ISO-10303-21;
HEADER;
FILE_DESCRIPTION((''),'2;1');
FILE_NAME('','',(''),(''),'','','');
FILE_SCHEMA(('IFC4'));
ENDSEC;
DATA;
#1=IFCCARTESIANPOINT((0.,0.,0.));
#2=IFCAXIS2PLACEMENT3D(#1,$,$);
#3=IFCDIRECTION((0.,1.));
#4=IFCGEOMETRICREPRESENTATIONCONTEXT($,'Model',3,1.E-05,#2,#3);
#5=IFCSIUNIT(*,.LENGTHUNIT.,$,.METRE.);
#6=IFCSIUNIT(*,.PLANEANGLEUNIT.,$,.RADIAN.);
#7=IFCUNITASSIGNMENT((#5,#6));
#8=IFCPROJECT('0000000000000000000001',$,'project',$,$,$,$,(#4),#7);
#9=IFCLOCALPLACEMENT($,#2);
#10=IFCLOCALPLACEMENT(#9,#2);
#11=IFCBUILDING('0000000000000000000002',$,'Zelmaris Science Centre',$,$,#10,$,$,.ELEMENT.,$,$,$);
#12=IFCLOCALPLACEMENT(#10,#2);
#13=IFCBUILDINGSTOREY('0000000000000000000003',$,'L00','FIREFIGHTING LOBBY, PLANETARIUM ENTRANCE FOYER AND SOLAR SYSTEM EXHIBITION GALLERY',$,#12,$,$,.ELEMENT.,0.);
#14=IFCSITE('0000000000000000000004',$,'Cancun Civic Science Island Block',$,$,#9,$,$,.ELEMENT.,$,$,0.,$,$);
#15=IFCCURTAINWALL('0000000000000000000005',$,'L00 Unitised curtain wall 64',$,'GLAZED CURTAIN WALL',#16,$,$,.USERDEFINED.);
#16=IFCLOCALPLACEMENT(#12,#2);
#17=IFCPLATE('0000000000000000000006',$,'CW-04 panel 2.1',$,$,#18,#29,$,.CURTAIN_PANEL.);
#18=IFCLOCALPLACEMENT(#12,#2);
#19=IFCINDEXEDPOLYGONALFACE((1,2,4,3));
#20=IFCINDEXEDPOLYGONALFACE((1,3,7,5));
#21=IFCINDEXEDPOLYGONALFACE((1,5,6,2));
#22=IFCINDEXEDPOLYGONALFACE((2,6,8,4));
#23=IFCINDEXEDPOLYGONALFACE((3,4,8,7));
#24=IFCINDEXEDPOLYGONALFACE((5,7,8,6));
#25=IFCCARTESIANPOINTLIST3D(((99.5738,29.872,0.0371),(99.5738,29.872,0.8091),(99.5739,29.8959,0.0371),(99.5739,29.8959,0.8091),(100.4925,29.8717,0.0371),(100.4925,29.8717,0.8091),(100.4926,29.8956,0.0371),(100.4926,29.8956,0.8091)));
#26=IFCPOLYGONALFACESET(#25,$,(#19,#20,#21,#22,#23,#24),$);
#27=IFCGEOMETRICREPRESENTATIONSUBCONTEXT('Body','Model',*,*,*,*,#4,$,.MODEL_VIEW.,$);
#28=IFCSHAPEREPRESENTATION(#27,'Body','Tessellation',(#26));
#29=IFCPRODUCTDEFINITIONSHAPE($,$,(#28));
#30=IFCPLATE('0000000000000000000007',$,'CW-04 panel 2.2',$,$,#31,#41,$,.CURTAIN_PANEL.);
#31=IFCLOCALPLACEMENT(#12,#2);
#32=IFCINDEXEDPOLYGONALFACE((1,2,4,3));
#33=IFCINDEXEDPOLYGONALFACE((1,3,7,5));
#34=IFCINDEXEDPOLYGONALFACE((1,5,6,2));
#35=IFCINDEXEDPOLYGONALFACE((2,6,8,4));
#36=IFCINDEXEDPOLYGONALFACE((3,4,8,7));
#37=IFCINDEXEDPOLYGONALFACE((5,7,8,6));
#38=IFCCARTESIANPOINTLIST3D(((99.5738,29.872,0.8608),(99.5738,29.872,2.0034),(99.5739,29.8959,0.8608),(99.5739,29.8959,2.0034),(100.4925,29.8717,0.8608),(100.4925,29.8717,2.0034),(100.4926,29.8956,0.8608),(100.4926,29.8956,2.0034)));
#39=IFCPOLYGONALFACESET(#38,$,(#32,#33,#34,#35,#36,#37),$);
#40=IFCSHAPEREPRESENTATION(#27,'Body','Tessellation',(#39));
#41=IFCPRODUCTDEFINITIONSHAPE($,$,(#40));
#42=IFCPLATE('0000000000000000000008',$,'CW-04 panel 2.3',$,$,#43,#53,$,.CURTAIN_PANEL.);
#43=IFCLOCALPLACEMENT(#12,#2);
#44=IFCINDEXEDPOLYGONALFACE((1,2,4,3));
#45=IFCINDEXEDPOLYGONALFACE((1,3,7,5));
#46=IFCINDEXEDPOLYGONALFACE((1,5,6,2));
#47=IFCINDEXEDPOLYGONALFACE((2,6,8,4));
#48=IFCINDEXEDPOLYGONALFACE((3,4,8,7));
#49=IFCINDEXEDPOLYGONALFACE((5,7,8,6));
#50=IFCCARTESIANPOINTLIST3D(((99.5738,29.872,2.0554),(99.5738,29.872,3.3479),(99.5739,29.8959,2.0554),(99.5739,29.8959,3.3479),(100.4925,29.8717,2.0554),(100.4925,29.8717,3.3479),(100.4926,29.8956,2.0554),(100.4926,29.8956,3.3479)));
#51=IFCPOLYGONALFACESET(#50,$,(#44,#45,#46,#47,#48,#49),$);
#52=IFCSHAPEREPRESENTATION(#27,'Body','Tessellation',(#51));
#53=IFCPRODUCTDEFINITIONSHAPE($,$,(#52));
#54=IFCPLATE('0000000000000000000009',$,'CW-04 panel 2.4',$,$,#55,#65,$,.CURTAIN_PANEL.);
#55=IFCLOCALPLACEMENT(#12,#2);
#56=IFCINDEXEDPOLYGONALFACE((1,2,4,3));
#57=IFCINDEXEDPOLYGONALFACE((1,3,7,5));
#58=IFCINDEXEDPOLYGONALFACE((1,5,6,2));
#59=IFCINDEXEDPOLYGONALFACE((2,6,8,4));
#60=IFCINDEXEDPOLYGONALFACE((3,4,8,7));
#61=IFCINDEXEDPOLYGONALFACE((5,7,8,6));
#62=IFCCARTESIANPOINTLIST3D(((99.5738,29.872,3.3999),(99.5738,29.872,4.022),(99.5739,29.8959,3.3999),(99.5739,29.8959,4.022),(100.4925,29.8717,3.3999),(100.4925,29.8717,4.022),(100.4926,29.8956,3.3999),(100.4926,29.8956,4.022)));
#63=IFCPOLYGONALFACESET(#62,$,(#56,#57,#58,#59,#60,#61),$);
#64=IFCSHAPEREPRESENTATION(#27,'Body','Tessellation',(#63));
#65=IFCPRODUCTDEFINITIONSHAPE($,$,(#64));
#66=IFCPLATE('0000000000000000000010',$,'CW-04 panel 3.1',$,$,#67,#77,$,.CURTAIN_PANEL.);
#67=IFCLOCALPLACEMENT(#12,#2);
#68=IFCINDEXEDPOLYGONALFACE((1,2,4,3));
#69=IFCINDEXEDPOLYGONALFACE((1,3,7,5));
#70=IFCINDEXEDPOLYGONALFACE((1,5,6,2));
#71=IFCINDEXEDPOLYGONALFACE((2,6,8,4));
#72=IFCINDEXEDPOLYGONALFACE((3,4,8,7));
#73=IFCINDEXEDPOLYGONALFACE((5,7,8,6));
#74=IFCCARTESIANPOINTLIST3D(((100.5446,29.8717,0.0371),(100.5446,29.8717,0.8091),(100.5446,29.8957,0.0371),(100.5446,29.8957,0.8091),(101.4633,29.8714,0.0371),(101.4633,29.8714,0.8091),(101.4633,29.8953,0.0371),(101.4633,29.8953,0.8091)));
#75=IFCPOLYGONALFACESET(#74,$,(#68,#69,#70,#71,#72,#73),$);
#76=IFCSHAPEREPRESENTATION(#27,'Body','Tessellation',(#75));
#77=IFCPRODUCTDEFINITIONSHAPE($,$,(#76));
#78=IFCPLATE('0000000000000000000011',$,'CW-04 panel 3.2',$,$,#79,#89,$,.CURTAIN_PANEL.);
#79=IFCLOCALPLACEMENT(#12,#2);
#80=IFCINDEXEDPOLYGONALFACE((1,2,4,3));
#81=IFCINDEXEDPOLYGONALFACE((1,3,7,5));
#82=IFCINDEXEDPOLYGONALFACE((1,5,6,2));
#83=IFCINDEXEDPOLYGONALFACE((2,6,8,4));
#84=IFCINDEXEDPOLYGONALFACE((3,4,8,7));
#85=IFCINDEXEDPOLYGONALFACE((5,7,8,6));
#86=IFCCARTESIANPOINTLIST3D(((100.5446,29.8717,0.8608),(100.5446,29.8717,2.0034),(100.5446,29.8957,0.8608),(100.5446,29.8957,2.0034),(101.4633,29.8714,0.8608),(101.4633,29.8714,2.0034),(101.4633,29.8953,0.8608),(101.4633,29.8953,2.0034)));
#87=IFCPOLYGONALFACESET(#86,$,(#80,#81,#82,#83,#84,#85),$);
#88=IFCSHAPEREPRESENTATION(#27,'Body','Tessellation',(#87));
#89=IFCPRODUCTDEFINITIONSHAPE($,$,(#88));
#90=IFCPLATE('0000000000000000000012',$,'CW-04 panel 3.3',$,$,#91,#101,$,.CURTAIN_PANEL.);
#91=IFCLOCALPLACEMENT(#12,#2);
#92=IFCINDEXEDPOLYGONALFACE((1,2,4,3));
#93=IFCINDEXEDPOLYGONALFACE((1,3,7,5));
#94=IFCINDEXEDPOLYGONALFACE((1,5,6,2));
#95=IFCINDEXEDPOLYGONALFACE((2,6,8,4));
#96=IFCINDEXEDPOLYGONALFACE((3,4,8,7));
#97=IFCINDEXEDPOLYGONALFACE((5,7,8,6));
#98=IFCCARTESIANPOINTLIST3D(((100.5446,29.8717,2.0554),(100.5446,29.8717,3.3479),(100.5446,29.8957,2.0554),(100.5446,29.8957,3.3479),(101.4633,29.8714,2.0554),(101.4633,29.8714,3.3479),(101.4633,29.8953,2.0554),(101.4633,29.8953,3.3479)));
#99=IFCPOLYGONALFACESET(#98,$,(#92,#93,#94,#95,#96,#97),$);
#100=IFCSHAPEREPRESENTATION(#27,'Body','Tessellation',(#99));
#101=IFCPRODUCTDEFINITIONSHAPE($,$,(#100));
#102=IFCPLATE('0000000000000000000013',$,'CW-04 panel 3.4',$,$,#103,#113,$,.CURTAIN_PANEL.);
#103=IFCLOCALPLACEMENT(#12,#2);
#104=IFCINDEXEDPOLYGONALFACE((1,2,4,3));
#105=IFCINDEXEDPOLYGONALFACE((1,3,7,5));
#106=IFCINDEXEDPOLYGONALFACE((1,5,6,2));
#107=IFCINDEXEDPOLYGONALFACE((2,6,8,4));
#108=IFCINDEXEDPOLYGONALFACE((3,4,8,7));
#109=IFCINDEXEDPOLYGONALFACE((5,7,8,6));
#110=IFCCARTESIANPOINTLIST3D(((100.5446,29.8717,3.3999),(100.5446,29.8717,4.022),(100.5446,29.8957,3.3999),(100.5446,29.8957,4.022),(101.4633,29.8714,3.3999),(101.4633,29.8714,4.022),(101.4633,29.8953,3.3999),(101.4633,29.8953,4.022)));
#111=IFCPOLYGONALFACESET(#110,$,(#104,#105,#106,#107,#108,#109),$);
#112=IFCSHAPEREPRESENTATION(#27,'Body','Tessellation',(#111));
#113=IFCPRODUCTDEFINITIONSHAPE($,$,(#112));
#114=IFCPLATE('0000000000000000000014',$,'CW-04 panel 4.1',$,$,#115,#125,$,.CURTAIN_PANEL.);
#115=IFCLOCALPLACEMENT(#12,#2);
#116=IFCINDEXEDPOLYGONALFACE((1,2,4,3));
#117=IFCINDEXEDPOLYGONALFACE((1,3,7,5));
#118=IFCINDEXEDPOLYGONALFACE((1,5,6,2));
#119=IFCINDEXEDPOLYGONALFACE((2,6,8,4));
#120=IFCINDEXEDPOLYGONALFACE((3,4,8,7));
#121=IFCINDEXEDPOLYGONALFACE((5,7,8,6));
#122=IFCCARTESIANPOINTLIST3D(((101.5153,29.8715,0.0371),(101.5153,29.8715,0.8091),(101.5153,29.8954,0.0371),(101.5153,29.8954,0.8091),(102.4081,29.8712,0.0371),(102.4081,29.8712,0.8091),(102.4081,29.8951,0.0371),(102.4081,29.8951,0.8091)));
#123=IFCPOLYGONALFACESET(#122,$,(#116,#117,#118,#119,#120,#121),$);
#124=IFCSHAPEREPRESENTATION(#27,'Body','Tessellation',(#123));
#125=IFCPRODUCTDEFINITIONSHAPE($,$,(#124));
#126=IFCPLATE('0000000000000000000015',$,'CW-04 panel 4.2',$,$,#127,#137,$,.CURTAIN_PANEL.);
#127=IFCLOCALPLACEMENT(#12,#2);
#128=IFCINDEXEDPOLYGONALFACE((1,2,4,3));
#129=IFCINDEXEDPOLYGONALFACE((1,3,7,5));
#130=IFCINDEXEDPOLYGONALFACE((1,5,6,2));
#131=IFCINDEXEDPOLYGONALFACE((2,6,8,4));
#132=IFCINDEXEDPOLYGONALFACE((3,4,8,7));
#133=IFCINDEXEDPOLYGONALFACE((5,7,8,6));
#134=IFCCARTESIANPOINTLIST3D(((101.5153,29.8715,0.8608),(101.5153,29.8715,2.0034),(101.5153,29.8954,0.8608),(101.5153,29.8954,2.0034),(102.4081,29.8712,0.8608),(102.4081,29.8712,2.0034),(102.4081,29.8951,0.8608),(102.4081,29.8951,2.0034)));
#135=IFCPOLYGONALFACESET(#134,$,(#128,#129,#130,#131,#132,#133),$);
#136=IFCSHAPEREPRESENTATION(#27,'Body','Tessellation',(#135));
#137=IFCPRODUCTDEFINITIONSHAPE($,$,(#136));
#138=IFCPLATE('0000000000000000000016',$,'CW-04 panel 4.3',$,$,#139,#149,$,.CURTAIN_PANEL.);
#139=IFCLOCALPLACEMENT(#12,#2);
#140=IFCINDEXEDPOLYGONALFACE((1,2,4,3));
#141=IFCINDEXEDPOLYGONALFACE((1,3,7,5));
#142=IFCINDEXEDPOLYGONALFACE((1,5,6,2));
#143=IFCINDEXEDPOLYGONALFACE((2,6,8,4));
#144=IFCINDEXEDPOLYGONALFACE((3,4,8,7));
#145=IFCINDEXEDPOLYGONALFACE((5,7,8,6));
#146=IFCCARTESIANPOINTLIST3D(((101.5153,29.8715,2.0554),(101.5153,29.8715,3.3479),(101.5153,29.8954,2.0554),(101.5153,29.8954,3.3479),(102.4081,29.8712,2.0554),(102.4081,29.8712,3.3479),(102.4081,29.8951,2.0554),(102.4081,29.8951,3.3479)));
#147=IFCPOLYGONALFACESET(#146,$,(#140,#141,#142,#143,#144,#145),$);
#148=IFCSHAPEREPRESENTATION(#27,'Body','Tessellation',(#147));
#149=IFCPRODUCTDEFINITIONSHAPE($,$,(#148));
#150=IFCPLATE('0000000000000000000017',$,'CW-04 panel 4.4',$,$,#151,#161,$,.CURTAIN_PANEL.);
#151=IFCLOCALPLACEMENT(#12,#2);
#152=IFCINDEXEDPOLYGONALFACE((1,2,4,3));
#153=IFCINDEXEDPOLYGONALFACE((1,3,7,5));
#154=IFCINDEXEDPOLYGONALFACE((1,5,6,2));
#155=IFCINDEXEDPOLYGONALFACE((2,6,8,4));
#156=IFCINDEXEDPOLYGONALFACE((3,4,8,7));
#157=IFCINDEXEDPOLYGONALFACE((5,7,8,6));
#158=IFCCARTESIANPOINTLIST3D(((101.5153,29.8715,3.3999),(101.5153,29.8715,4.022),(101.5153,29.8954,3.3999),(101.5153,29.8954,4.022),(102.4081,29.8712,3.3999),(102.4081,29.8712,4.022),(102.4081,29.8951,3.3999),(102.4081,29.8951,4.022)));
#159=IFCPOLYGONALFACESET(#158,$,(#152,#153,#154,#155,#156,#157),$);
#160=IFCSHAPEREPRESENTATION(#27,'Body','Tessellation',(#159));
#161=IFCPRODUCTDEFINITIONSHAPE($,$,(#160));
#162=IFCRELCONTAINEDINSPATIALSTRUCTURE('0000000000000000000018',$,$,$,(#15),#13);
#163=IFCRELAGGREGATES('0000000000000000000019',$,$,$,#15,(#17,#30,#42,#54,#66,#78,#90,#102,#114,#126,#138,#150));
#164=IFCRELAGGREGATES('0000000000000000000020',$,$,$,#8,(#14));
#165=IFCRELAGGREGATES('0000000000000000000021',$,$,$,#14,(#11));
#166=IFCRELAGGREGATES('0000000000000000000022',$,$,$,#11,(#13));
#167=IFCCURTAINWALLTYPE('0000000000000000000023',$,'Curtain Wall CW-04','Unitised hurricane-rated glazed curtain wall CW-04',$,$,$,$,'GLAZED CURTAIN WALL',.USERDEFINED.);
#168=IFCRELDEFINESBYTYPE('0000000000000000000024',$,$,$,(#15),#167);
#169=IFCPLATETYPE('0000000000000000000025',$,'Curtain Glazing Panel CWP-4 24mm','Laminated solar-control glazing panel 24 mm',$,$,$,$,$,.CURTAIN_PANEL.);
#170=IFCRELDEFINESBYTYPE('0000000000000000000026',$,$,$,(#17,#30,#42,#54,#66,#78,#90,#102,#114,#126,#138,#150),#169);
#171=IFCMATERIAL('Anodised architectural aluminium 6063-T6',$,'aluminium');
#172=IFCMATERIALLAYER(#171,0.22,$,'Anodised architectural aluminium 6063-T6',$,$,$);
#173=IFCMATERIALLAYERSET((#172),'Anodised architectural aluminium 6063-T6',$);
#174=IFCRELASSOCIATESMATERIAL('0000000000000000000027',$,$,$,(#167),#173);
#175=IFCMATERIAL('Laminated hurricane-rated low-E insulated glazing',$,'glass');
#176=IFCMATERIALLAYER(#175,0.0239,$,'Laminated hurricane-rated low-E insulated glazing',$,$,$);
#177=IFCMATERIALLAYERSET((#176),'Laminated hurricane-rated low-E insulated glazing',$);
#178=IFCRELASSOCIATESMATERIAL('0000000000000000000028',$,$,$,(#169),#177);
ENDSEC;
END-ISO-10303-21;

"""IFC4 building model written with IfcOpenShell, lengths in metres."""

from ifc_helpers import new_model, si_unit, direction, frame, origin, origin_2d, place, context, subcontext, project, spatial, rectangle, extrude, material, layer, layer_set, type_object, element, aggregate, save


model = new_model("IFC4")

# Units and contexts
model_context = context("Model", 3, precision=1e-05, world=origin(), true_north=direction((0.0, 1.0)))
body_context = subcontext(model_context, "Body", "Model", "MODEL_VIEW")
ifc_project = project(units=[si_unit("LENGTHUNIT", "METRE"), si_unit("PLANEANGLEUNIT", "RADIAN")], contexts=[model_context])

# Site, building, storey
site_placement = place(None, origin())
site = spatial("IfcSite", under=ifc_project, at=site_placement, Name="Cancun Civic Science Island Block", CompositionType="ELEMENT", RefElevation=0.0)
building_placement = place(site_placement, origin())
building = spatial("IfcBuilding", under=site, at=building_placement, Name="Zelmaris Science Centre", CompositionType="ELEMENT")
storey_placement = place(building_placement, origin())
storey = spatial("IfcBuildingStorey", under=building, at=storey_placement, Name="L00", Description="FIREFIGHTING LOBBY, PLANETARIUM ENTRANCE FOYER AND SOLAR SYSTEM EXHIBITION GALLERY", CompositionType="ELEMENT", Elevation=0.0)

# Curtain wall
ifc_material_1 = material(Name="Anodised architectural aluminium 6063-T6", Category="aluminium")
ifc_layer_1 = layer(ifc_material_1, 0.22, Name="Anodised architectural aluminium 6063-T6")
ifc_layer_set_1 = layer_set([ifc_layer_1], Name="Anodised architectural aluminium 6063-T6")
curtain_wall_type_1 = type_object("IfcCurtainWallType", Name="Curtain Wall CW-04", Description="Unitised hurricane-rated glazed curtain wall CW-04", ElementType="GLAZED CURTAIN WALL", PredefinedType="USERDEFINED", material=ifc_layer_set_1)
curtain_wall_1_placement = place(storey_placement, origin())
curtain_wall_1 = element("IfcCurtainWall", 1, at=curtain_wall_1_placement, inside=storey, type_object=curtain_wall_type_1, Name="L00 Unitised curtain wall 64", ObjectType="GLAZED CURTAIN WALL", PredefinedType="USERDEFINED")

# Plates
ifc_material_2 = material(Name="Laminated hurricane-rated low-E insulated glazing", Category="glass")
ifc_layer_2 = layer(ifc_material_2, 0.0239, Name="Laminated hurricane-rated low-E insulated glazing")
ifc_layer_set_2 = layer_set([ifc_layer_2], Name="Laminated hurricane-rated low-E insulated glazing")
plate_type_1 = type_object("IfcPlateType", Name="Curtain Glazing Panel CWP-4 24mm", Description="Laminated solar-control glazing panel 24 mm", PredefinedType="CURTAIN_PANEL", material=ifc_layer_set_2)
plate_1_placement = place(storey_placement, frame((100.0332, 29.8838, 0.0371), z_axis=(0.0, 0.0, 1.0), x_axis=(1.0, -0.000361, 0.0)))
plate_1 = element("IfcPlate", 2, at=plate_1_placement, type_object=plate_type_1, Name="CW-04 panel 2.1", PredefinedType="CURTAIN_PANEL", context=body_context, shape_type="SweptSolid", body=[
    extrude(rectangle(XDim=0.9187, YDim=0.0239, at=origin_2d()), origin(), (0.0, 0.0, 1.0), 0.772),
])
plate_2_placement = place(storey_placement, frame((100.0332, 29.8838, 0.8608), z_axis=(0.0, 0.0, 1.0), x_axis=(1.0, -0.000361, 0.0)))
plate_2 = element("IfcPlate", 3, at=plate_2_placement, type_object=plate_type_1, Name="CW-04 panel 2.2", PredefinedType="CURTAIN_PANEL", context=body_context, shape_type="SweptSolid", body=[
    extrude(rectangle(XDim=0.9187, YDim=0.0239, at=origin_2d()), origin(), (0.0, 0.0, 1.0), 1.1426),
])
plate_3_placement = place(storey_placement, frame((100.0332, 29.8838, 2.0554), z_axis=(0.0, 0.0, 1.0), x_axis=(1.0, -0.000361, 0.0)))
plate_3 = element("IfcPlate", 4, at=plate_3_placement, type_object=plate_type_1, Name="CW-04 panel 2.3", PredefinedType="CURTAIN_PANEL", context=body_context, shape_type="SweptSolid", body=[
    extrude(rectangle(XDim=0.9187, YDim=0.0239, at=origin_2d()), origin(), (0.0, 0.0, 1.0), 1.2925),
])
plate_4_placement = place(storey_placement, frame((100.0332, 29.8838, 3.3999), z_axis=(0.0, 0.0, 1.0), x_axis=(1.0, -0.000361, 0.0)))
plate_4 = element("IfcPlate", 5, at=plate_4_placement, type_object=plate_type_1, Name="CW-04 panel 2.4", PredefinedType="CURTAIN_PANEL", context=body_context, shape_type="SweptSolid", body=[
    extrude(rectangle(XDim=0.9187, YDim=0.0239, at=origin_2d()), origin(), (0.0, 0.0, 1.0), 0.6221),
])
plate_5_placement = place(storey_placement, frame((101.0039, 29.8835, 0.0371), z_axis=(0.0, 0.0, 1.0), x_axis=(1.0, -0.000361, 0.0)))
plate_5 = element("IfcPlate", 6, at=plate_5_placement, type_object=plate_type_1, Name="CW-04 panel 3.1", PredefinedType="CURTAIN_PANEL", context=body_context, shape_type="SweptSolid", body=[
    extrude(rectangle(XDim=0.9187, YDim=0.0239, at=origin_2d()), origin(), (0.0, 0.0, 1.0), 0.772),
])
plate_6_placement = place(storey_placement, frame((101.0039, 29.8835, 0.8608), z_axis=(0.0, 0.0, 1.0), x_axis=(1.0, -0.000361, 0.0)))
plate_6 = element("IfcPlate", 7, at=plate_6_placement, type_object=plate_type_1, Name="CW-04 panel 3.2", PredefinedType="CURTAIN_PANEL", context=body_context, shape_type="SweptSolid", body=[
    extrude(rectangle(XDim=0.9187, YDim=0.0239, at=origin_2d()), origin(), (0.0, 0.0, 1.0), 1.1426),
])
plate_7_placement = place(storey_placement, frame((101.0039, 29.8835, 2.0554), z_axis=(0.0, 0.0, 1.0), x_axis=(1.0, -0.000361, 0.0)))
plate_7 = element("IfcPlate", 8, at=plate_7_placement, type_object=plate_type_1, Name="CW-04 panel 3.3", PredefinedType="CURTAIN_PANEL", context=body_context, shape_type="SweptSolid", body=[
    extrude(rectangle(XDim=0.9187, YDim=0.0239, at=origin_2d()), origin(), (0.0, 0.0, 1.0), 1.2925),
])
plate_8_placement = place(storey_placement, frame((101.0039, 29.8835, 3.3999), z_axis=(0.0, 0.0, 1.0), x_axis=(1.0, -0.000361, 0.0)))
plate_8 = element("IfcPlate", 9, at=plate_8_placement, type_object=plate_type_1, Name="CW-04 panel 3.4", PredefinedType="CURTAIN_PANEL", context=body_context, shape_type="SweptSolid", body=[
    extrude(rectangle(XDim=0.9187, YDim=0.0239, at=origin_2d()), origin(), (0.0, 0.0, 1.0), 0.6221),
])
plate_9_placement = place(storey_placement, frame((101.9617, 29.8833, 0.0371), z_axis=(0.0, 0.0, 1.0), x_axis=(1.0, -0.000361, 0.0)))
plate_9 = element("IfcPlate", 10, at=plate_9_placement, type_object=plate_type_1, Name="CW-04 panel 4.1", PredefinedType="CURTAIN_PANEL", context=body_context, shape_type="SweptSolid", body=[
    extrude(rectangle(XDim=0.8928, YDim=0.0239, at=origin_2d()), origin(), (0.0, 0.0, 1.0), 0.772),
])
plate_10_placement = place(storey_placement, frame((101.9617, 29.8833, 0.8608), z_axis=(0.0, 0.0, 1.0), x_axis=(1.0, -0.000361, 0.0)))
plate_10 = element("IfcPlate", 11, at=plate_10_placement, type_object=plate_type_1, Name="CW-04 panel 4.2", PredefinedType="CURTAIN_PANEL", context=body_context, shape_type="SweptSolid", body=[
    extrude(rectangle(XDim=0.8928, YDim=0.0239, at=origin_2d()), origin(), (0.0, 0.0, 1.0), 1.1426),
])
plate_11_placement = place(storey_placement, frame((101.9617, 29.8833, 2.0554), z_axis=(0.0, 0.0, 1.0), x_axis=(1.0, -0.000361, 0.0)))
plate_11 = element("IfcPlate", 12, at=plate_11_placement, type_object=plate_type_1, Name="CW-04 panel 4.3", PredefinedType="CURTAIN_PANEL", context=body_context, shape_type="SweptSolid", body=[
    extrude(rectangle(XDim=0.8928, YDim=0.0239, at=origin_2d()), origin(), (0.0, 0.0, 1.0), 1.2925),
])
plate_12_placement = place(storey_placement, frame((101.9617, 29.8833, 3.3999), z_axis=(0.0, 0.0, 1.0), x_axis=(1.0, -0.000361, 0.0)))
plate_12 = element("IfcPlate", 13, at=plate_12_placement, type_object=plate_type_1, Name="CW-04 panel 4.4", PredefinedType="CURTAIN_PANEL", context=body_context, shape_type="SweptSolid", body=[
    extrude(rectangle(XDim=0.8928, YDim=0.0239, at=origin_2d()), origin(), (0.0, 0.0, 1.0), 0.6221),
])
aggregate(curtain_wall_1, [plate_1, plate_2, plate_3, plate_4, plate_5, plate_6, plate_7, plate_8, plate_9, plate_10, plate_11, plate_12])

save(model, "model.ifc")
